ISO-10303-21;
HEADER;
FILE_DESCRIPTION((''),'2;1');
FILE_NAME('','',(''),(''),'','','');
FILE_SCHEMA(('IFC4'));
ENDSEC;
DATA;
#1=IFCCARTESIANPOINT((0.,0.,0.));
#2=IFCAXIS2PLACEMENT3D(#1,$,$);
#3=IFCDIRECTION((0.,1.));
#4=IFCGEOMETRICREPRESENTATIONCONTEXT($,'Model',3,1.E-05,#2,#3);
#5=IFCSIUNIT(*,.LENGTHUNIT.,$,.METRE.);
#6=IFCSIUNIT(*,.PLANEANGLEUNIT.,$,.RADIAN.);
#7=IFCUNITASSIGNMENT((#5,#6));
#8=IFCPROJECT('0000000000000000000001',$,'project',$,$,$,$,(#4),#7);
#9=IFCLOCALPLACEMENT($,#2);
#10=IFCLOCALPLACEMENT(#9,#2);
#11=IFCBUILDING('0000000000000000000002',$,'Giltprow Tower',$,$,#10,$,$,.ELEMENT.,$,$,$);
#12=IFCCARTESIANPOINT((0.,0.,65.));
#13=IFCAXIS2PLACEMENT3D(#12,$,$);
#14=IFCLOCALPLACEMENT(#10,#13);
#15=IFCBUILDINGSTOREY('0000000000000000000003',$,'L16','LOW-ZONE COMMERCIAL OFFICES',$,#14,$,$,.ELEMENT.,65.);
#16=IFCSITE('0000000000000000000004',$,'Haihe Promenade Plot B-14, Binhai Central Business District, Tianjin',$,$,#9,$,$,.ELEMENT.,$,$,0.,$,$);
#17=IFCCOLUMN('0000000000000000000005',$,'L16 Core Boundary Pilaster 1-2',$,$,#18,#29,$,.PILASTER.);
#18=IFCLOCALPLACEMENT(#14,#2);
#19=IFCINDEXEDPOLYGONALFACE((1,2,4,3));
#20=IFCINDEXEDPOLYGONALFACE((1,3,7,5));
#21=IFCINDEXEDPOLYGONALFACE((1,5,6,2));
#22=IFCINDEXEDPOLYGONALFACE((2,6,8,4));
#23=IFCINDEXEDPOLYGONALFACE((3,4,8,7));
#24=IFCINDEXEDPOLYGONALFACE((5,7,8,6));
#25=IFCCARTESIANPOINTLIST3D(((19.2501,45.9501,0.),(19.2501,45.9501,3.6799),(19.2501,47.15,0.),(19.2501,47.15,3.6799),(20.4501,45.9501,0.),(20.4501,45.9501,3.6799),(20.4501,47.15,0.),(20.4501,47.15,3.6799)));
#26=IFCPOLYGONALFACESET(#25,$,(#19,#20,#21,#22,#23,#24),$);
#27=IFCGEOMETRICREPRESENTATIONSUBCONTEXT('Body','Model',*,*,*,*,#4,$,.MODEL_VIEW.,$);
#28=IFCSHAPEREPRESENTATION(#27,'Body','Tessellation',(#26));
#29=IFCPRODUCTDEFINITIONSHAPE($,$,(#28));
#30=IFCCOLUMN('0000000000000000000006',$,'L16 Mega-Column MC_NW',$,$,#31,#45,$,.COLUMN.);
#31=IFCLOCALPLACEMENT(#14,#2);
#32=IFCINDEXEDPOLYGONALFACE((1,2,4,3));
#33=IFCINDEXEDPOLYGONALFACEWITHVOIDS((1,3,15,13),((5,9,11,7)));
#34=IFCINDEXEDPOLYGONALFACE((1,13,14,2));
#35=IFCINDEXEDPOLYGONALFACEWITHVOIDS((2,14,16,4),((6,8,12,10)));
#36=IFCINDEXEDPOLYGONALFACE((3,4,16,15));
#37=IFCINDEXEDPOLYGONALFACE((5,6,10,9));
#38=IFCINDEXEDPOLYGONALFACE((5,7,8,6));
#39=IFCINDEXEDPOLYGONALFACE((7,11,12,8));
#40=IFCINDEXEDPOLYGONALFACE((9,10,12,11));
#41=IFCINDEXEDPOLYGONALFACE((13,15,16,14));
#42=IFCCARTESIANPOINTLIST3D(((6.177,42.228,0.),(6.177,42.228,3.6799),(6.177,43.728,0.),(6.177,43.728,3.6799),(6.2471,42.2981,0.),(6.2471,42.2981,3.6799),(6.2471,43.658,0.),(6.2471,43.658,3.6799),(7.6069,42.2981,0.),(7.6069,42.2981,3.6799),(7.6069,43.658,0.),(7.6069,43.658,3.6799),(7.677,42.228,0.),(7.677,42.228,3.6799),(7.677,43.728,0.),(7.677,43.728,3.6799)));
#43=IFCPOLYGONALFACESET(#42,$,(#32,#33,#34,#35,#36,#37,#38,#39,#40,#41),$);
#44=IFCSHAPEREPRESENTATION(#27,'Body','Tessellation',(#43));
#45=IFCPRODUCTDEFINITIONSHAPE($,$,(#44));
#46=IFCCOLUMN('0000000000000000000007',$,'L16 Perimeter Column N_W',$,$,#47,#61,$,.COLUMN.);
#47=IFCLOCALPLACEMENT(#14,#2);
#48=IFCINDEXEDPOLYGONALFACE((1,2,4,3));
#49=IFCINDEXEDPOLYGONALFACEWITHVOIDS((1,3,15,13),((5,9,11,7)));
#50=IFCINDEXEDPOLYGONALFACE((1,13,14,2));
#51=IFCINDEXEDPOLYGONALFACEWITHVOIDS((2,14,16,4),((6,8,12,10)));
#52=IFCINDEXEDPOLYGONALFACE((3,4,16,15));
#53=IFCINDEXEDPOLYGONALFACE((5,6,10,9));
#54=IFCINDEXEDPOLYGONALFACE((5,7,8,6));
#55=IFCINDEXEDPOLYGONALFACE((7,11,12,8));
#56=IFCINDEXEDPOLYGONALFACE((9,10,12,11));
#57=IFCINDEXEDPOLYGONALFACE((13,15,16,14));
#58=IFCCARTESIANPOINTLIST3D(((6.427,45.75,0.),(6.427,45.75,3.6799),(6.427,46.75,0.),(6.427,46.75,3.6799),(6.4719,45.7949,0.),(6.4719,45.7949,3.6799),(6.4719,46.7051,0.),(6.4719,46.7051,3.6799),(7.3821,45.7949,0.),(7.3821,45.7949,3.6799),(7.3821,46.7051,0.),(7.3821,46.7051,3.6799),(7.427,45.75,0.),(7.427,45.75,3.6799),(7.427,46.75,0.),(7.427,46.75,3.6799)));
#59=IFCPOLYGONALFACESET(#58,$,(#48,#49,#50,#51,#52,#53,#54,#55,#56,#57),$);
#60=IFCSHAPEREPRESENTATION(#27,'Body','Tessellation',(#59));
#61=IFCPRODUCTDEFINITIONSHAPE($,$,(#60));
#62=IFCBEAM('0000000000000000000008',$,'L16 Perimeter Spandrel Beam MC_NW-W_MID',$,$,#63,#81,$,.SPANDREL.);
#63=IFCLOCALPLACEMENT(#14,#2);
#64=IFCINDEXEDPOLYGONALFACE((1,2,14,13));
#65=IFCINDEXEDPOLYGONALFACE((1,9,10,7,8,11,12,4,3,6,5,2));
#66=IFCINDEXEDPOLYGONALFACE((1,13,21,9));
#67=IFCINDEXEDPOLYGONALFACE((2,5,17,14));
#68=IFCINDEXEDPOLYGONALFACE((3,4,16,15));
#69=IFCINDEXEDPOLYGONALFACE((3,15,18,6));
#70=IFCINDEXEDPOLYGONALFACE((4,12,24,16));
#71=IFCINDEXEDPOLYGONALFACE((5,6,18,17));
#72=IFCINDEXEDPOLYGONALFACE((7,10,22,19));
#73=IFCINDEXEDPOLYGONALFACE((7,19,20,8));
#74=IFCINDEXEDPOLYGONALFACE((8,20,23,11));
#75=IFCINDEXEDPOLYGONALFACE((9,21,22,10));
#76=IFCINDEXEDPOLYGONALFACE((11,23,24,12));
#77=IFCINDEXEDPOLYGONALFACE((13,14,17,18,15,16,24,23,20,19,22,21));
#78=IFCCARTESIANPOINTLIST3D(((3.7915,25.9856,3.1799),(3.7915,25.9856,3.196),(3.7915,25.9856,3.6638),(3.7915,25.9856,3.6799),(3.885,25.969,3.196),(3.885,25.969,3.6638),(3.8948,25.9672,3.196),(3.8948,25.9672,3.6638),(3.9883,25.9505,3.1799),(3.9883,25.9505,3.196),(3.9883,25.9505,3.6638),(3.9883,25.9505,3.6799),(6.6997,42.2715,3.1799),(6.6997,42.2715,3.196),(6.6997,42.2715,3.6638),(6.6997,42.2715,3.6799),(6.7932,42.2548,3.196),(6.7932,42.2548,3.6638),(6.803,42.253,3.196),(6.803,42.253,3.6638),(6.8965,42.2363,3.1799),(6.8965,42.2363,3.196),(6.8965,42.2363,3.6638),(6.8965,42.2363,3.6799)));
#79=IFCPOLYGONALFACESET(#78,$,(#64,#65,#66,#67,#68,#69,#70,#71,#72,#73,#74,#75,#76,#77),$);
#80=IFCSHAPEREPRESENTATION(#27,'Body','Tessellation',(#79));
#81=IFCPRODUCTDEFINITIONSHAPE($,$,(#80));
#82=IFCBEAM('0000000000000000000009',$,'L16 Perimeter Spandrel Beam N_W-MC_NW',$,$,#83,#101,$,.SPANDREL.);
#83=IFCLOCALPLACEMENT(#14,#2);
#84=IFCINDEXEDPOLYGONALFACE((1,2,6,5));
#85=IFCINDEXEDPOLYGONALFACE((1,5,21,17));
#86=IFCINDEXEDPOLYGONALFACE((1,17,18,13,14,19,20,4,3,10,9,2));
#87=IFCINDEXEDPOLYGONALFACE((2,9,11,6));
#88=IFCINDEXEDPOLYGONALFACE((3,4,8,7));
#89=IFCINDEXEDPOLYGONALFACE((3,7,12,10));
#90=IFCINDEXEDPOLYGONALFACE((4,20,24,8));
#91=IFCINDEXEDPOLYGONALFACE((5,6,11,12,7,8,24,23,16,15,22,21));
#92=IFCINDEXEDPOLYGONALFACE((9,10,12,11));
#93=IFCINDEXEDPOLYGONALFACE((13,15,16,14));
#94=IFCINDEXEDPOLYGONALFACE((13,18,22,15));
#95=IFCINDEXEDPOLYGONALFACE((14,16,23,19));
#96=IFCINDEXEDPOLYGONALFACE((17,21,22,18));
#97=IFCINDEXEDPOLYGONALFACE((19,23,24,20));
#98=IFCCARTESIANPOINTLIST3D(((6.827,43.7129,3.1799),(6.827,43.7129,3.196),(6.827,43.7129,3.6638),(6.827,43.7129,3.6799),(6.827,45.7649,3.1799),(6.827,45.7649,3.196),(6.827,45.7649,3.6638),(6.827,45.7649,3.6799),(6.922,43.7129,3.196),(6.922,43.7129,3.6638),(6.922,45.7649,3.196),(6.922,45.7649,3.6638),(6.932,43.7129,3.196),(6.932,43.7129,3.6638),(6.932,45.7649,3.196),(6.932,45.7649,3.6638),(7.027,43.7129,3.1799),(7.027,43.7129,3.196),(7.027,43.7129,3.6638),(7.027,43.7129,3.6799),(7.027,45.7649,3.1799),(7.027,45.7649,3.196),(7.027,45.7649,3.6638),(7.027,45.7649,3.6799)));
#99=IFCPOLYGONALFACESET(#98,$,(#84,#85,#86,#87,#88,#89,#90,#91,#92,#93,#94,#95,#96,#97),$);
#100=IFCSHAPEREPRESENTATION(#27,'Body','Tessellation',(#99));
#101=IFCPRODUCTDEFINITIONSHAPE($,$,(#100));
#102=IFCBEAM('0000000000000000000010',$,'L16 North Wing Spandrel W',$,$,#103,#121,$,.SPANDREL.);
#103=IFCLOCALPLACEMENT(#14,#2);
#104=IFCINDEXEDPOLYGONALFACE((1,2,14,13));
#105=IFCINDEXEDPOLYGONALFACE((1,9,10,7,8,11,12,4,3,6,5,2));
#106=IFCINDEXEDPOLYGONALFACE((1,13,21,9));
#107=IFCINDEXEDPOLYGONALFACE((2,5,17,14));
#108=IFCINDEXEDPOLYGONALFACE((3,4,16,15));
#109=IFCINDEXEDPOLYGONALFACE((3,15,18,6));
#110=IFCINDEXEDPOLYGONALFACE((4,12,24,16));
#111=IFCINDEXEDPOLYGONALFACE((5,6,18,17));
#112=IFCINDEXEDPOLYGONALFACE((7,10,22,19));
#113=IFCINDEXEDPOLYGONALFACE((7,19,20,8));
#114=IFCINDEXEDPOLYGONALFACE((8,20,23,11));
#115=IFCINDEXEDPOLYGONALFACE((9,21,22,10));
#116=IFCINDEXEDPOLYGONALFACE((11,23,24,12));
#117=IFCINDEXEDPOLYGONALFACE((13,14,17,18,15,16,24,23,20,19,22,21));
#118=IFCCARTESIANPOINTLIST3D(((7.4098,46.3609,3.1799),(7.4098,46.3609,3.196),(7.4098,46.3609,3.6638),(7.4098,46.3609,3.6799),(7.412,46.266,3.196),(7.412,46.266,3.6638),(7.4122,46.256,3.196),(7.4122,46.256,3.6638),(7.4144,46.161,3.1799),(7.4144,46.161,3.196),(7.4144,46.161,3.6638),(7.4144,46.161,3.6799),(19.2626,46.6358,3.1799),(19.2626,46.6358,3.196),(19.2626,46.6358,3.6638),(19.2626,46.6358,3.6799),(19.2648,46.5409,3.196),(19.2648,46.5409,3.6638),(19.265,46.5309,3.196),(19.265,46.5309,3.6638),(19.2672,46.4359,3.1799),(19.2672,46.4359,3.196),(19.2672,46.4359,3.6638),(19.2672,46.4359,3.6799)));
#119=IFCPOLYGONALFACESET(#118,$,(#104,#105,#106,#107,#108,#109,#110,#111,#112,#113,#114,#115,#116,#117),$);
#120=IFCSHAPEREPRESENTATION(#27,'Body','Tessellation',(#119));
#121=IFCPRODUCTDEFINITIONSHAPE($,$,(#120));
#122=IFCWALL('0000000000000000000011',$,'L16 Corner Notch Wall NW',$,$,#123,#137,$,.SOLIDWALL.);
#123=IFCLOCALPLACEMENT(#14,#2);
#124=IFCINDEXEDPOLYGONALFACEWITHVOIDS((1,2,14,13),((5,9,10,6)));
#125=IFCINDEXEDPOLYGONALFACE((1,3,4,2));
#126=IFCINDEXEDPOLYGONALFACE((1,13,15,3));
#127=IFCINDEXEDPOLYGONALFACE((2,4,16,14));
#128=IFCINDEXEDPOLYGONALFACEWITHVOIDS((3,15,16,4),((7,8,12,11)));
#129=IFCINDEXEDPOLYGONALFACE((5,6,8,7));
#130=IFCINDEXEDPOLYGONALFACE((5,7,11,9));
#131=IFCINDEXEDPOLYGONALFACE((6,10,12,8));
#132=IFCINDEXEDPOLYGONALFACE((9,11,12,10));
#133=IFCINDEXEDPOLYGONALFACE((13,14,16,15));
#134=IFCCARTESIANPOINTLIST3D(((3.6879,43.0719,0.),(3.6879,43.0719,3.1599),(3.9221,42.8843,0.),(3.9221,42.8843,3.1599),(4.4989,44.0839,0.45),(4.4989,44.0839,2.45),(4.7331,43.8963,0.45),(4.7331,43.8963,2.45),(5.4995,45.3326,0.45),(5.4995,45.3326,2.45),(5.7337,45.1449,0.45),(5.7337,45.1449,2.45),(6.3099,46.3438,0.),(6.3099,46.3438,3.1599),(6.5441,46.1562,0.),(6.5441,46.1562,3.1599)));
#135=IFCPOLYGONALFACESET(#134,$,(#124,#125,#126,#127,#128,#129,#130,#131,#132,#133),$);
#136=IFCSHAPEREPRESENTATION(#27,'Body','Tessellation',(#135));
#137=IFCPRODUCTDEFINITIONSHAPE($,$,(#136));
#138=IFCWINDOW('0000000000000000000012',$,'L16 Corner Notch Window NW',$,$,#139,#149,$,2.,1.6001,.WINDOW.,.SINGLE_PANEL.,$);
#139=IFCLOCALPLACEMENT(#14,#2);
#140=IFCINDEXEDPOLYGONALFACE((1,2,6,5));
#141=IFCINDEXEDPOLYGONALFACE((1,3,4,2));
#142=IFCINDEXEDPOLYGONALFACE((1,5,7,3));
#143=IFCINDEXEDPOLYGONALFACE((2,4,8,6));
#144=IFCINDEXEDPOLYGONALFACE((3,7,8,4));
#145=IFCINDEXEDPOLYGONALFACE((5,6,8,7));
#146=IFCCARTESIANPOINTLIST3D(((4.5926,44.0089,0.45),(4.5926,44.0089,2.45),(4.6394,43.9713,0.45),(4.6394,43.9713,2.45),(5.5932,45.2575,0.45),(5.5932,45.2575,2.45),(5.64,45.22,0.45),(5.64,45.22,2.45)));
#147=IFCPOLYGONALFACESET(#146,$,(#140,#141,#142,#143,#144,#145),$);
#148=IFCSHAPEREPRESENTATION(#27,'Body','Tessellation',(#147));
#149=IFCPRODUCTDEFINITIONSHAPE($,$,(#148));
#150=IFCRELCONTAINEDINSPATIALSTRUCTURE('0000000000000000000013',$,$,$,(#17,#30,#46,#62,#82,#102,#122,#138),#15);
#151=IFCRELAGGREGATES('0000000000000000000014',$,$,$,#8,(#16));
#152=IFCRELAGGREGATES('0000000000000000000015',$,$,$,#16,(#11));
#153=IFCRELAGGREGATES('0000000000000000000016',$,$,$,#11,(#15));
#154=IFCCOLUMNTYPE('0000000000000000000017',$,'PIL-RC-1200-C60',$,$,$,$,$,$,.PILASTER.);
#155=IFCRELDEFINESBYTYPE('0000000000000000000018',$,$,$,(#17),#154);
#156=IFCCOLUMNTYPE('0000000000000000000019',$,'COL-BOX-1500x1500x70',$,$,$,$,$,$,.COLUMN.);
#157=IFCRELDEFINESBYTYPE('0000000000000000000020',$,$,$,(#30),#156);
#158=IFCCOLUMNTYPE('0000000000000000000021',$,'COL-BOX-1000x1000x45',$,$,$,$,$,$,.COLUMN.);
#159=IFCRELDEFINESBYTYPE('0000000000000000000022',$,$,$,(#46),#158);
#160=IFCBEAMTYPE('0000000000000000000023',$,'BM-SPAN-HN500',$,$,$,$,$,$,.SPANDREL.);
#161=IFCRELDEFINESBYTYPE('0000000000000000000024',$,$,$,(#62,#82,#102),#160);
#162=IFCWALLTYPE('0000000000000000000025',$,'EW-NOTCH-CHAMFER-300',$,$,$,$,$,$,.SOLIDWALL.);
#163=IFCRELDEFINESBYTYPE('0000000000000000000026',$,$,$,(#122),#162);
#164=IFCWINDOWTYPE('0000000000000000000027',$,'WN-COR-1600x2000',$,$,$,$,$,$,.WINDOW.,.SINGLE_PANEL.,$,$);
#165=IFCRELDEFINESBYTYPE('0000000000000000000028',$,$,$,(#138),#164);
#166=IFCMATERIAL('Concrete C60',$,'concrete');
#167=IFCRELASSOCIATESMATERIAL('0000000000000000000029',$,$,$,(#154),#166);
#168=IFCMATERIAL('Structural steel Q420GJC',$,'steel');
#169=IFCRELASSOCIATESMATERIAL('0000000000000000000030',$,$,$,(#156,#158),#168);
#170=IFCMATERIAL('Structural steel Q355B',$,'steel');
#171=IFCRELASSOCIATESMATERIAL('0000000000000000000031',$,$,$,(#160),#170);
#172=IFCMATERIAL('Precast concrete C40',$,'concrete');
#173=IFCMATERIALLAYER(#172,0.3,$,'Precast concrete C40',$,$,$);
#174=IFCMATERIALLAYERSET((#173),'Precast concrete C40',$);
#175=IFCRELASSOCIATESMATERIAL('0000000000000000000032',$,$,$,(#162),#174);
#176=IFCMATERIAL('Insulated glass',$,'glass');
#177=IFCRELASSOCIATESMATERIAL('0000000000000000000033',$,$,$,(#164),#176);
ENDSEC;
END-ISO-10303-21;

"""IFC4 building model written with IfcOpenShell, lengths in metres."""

from ifc_helpers import new_model, si_unit, direction, frame, frame_2d, origin, origin_2d, place, context, subcontext, project, spatial, rectangle, hollow_rectangle, i_section, extrude, source, transform, mapped, material, layer, layer_set, material_profile, profile_set, type_object, element, fill, save


model = new_model("IFC4")

# Units and contexts
model_context = context("Model", 3, precision=1e-05, world=origin(), true_north=direction((0.0, 1.0)))
body_context = subcontext(model_context, "Body", "Model", "MODEL_VIEW")
ifc_project = project(units=[si_unit("LENGTHUNIT", "METRE"), si_unit("PLANEANGLEUNIT", "RADIAN")], contexts=[model_context])

# Site, building, storey
site_placement = place(None, origin())
site = spatial("IfcSite", under=ifc_project, at=site_placement, Name="Haihe Promenade Plot B-14, Binhai Central Business District, Tianjin", CompositionType="ELEMENT", RefElevation=0.0)
building_placement = place(site_placement, origin())
building = spatial("IfcBuilding", under=site, at=building_placement, Name="Giltprow Tower", CompositionType="ELEMENT")
storey_placement = place(building_placement, frame((0.0, 0.0, 65.0)))
storey = spatial("IfcBuildingStorey", under=building, at=storey_placement, Name="L16", Description="LOW-ZONE COMMERCIAL OFFICES", CompositionType="ELEMENT", Elevation=65.0)

# Columns
ifc_material_1 = material(Name="Concrete C60", Category="concrete")
ifc_material_profile_1 = material_profile(ifc_material_1, rectangle(XDim=1.2, YDim=1.2, at=origin_2d()), Name="RC 1200x1200")
ifc_profile_set_1 = profile_set([ifc_material_profile_1], Name="Concrete C60")
column_type_1 = type_object("IfcColumnType", Name="PIL-RC-1200-C60", PredefinedType="PILASTER", material=ifc_profile_set_1)
shared_shape_1 = source(origin(), body_context, "Body", "SweptSolid", [
    extrude(rectangle(XDim=1.2, YDim=1.2, at=origin_2d()), origin(), (0.0, 0.0, 1.0), 3.6799),
])
column_1_placement = place(storey_placement, frame((19.8501, 46.55, 0.0), z_axis=(0.0, 0.0, 1.0), x_axis=(1.0, 0.0, 0.0)))
element("IfcColumn", 1, at=column_1_placement, inside=storey, type_object=column_type_1, Name="L16 Core Boundary Pilaster 1-2", PredefinedType="PILASTER", context=body_context, shape_type="MappedRepresentation", body=[
    mapped(shared_shape_1, transform((0.0, 0.0, 0.0), x_axis=(1.0, 0.0, 0.0), y_axis=(0.0, 1.0, 0.0), z_axis=(0.0, 0.0, 1.0), scale=1.0)),
])
ifc_material_2 = material(Name="Structural steel Q420GJC", Category="steel")
ifc_material_profile_2 = material_profile(ifc_material_2, hollow_rectangle(XDim=1.5, YDim=1.5, WallThickness=0.0701, at=origin_2d()), Name="BOX 1500x1500x70")
ifc_profile_set_2 = profile_set([ifc_material_profile_2], Name="Structural steel Q420GJC")
column_type_2 = type_object("IfcColumnType", Name="COL-BOX-1500x1500x70", PredefinedType="COLUMN", material=ifc_profile_set_2)
shared_shape_2 = source(origin(), body_context, "Body", "SweptSolid", [
    extrude(hollow_rectangle(XDim=1.5, YDim=1.5, WallThickness=0.0701, at=origin_2d()), origin(), (0.0, 0.0, 1.0), 3.6799),
])
column_2_placement = place(storey_placement, frame((6.927, 42.978, 0.0), z_axis=(0.0, 0.0, 1.0), x_axis=(1.0, 0.0, 0.0)))
element("IfcColumn", 2, at=column_2_placement, inside=storey, type_object=column_type_2, Name="L16 Mega-Column MC_NW", PredefinedType="COLUMN", context=body_context, shape_type="MappedRepresentation", body=[
    mapped(shared_shape_2, transform((0.0, 0.0, 0.0), x_axis=(1.0, 0.0, 0.0), y_axis=(0.0, 1.0, 0.0), z_axis=(0.0, 0.0, 1.0), scale=1.0)),
])
ifc_material_profile_3 = material_profile(ifc_material_2, hollow_rectangle(XDim=1.0, YDim=1.0, WallThickness=0.0449, at=origin_2d()), Name="BOX 1000x1000x45")
ifc_profile_set_3 = profile_set([ifc_material_profile_3], Name="Structural steel Q420GJC")
column_type_3 = type_object("IfcColumnType", Name="COL-BOX-1000x1000x45", PredefinedType="COLUMN", material=ifc_profile_set_3)
shared_shape_3 = source(origin(), body_context, "Body", "SweptSolid", [
    extrude(hollow_rectangle(XDim=1.0, YDim=1.0, WallThickness=0.0449, at=origin_2d()), origin(), (0.0, 0.0, 1.0), 3.6799),
])
column_3_placement = place(storey_placement, frame((6.927, 46.25, 0.0), z_axis=(0.0, 0.0, 1.0), x_axis=(1.0, 0.0, 0.0)))
element("IfcColumn", 3, at=column_3_placement, inside=storey, type_object=column_type_3, Name="L16 Perimeter Column N_W", PredefinedType="COLUMN", context=body_context, shape_type="MappedRepresentation", body=[
    mapped(shared_shape_3, transform((0.0, 0.0, 0.0), x_axis=(1.0, 0.0, 0.0), y_axis=(0.0, 1.0, 0.0), z_axis=(0.0, 0.0, 1.0), scale=1.0)),
])

# Beams
ifc_material_3 = material(Name="Structural steel Q355B", Category="steel")
ifc_material_profile_4 = material_profile(ifc_material_3, i_section(OverallWidth=0.2, OverallDepth=0.5, WebThickness=0.01, FlangeThickness=0.0161, at=origin_2d()), Name="HN 500x200x10x16")
ifc_profile_set_4 = profile_set([ifc_material_profile_4], Name="Structural steel Q355B")
beam_type = type_object("IfcBeamType", Name="BM-SPAN-HN500", PredefinedType="SPANDREL", material=ifc_profile_set_4)
shared_shape_4 = source(origin(), body_context, "Body", "SweptSolid", [
    extrude(i_section(OverallWidth=0.2, OverallDepth=0.5, WebThickness=0.01, FlangeThickness=0.0161, at=origin_2d()), origin(), (0.0, 0.0, 1.0), 16.5435),
])
beam_1_placement = place(storey_placement, frame((6.7981, 42.2539, 3.4299), z_axis=(-0.175791, -0.984427, 0.0), x_axis=(0.984427, -0.175791, 0.0)))
element("IfcBeam", 4, at=beam_1_placement, inside=storey, type_object=beam_type, Name="L16 Perimeter Spandrel Beam MC_NW-W_MID", PredefinedType="SPANDREL", context=body_context, shape_type="MappedRepresentation", body=[
    mapped(shared_shape_4, transform((0.0, 0.0, 0.0), x_axis=(1.0, 0.0, 0.0), y_axis=(0.0, 1.0, 0.0), z_axis=(0.0, 0.0, 1.0), scale=1.0)),
])
shared_shape_5 = source(origin(), body_context, "Body", "SweptSolid", [
    extrude(i_section(OverallWidth=0.2, OverallDepth=0.5, WebThickness=0.01, FlangeThickness=0.0161, at=origin_2d()), origin(), (0.0, 0.0, 1.0), 2.052),
])
beam_2_placement = place(storey_placement, frame((6.927, 45.7649, 3.4299), z_axis=(0.0, -1.0, 0.0), x_axis=(1.0, 0.0, 0.0)))
element("IfcBeam", 5, at=beam_2_placement, inside=storey, type_object=beam_type, Name="L16 Perimeter Spandrel Beam N_W-MC_NW", PredefinedType="SPANDREL", context=body_context, shape_type="MappedRepresentation", body=[
    mapped(shared_shape_5, transform((0.0, 0.0, 0.0), x_axis=(1.0, 0.0, 0.0), y_axis=(0.0, 1.0, 0.0), z_axis=(0.0, 0.0, 1.0), scale=1.0)),
])
shared_shape_6 = source(origin(), body_context, "Body", "SweptSolid", [
    extrude(i_section(OverallWidth=0.2, OverallDepth=0.5, WebThickness=0.01, FlangeThickness=0.0161, at=origin_2d()), origin(), (0.0, 0.0, 1.0), 11.856),
])
beam_3_placement = place(storey_placement, frame((7.4121, 46.261, 3.4299), z_axis=(0.999731, 0.023187, 0.0), x_axis=(-0.023187, 0.999731, 0.0)))
element("IfcBeam", 6, at=beam_3_placement, inside=storey, type_object=beam_type, Name="L16 North Wing Spandrel W", PredefinedType="SPANDREL", context=body_context, shape_type="MappedRepresentation", body=[
    mapped(shared_shape_6, transform((0.0, 0.0, 0.0), x_axis=(1.0, 0.0, 0.0), y_axis=(0.0, 1.0, 0.0), z_axis=(0.0, 0.0, 1.0), scale=1.0)),
])

# Wall, opening, window
ifc_material_4 = material(Name="Precast concrete C40", Category="concrete")
ifc_layer_1 = layer(ifc_material_4, 0.3, Name="Precast concrete C40")
ifc_layer_set_1 = layer_set([ifc_layer_1], Name="Precast concrete C40")
wall_type_1 = type_object("IfcWallType", Name="EW-NOTCH-CHAMFER-300", PredefinedType="SOLIDWALL", material=ifc_layer_set_1)
wall_1_placement = place(storey_placement, frame((6.427, 46.25, 0.0), z_axis=(0.0, 0.0, 1.0), x_axis=(-0.625348, -0.780346, 0.0)))
wall_1 = element("IfcWall", 7, at=wall_1_placement, inside=storey, type_object=wall_type_1, Name="L16 Corner Notch Wall NW", PredefinedType="SOLIDWALL", context=body_context, shape_type="SweptSolid", body=[
    extrude(rectangle(XDim=4.1929, YDim=0.3, at=frame_2d((2.0964, 0.0))), origin(), (0.0, 0.0, 1.0), 3.1599),
])
opening_1_placement = place(wall_1_placement, frame((1.2959, 0.0, 0.45)))
opening_1 = element("IfcOpeningElement", 8, at=opening_1_placement, cuts=wall_1, PredefinedType="OPENING", context=body_context, shape_type="SweptSolid", body=[
    extrude(rectangle(XDim=1.6001, YDim=2.0, at=frame_2d((0.8, 1.0))), frame((0.0, 0.1599, 0.0), z_axis=(0.0, -1.0, 0.0), x_axis=(1.0, 0.0, 0.0)), (0.0, 0.0, 1.0), 0.3201),
])
ifc_material_5 = material(Name="Insulated glass", Category="glass")
window_type = type_object("IfcWindowType", Name="WN-COR-1600x2000", PartitioningType="SINGLE_PANEL", PredefinedType="WINDOW", material=ifc_material_5)
shared_shape_7 = source(origin(), body_context, "Body", "SweptSolid", [
    extrude(rectangle(XDim=1.6001, YDim=2.0, at=frame_2d((0.8, 1.0))), frame((0.0, 0.03, 0.0), z_axis=(0.0, -1.0, 0.0), x_axis=(1.0, 0.0, 0.0)), (0.0, 0.0, 1.0), 0.0601),
])
window_1_placement = place(opening_1_placement, origin())
window_1 = element("IfcWindow", 9, at=window_1_placement, inside=storey, type_object=window_type, Name="L16 Corner Notch Window NW", OverallHeight=2.0, OverallWidth=1.6001, PartitioningType="SINGLE_PANEL", PredefinedType="WINDOW", context=body_context, shape_type="MappedRepresentation", body=[
    mapped(shared_shape_7, transform((0.0, 0.0, 0.0), x_axis=(1.0, 0.0, 0.0), y_axis=(0.0, 1.0, 0.0), z_axis=(0.0, 0.0, 1.0), scale=1.0)),
])
fill(opening_1, window_1)

save(model, "model.ifc")
